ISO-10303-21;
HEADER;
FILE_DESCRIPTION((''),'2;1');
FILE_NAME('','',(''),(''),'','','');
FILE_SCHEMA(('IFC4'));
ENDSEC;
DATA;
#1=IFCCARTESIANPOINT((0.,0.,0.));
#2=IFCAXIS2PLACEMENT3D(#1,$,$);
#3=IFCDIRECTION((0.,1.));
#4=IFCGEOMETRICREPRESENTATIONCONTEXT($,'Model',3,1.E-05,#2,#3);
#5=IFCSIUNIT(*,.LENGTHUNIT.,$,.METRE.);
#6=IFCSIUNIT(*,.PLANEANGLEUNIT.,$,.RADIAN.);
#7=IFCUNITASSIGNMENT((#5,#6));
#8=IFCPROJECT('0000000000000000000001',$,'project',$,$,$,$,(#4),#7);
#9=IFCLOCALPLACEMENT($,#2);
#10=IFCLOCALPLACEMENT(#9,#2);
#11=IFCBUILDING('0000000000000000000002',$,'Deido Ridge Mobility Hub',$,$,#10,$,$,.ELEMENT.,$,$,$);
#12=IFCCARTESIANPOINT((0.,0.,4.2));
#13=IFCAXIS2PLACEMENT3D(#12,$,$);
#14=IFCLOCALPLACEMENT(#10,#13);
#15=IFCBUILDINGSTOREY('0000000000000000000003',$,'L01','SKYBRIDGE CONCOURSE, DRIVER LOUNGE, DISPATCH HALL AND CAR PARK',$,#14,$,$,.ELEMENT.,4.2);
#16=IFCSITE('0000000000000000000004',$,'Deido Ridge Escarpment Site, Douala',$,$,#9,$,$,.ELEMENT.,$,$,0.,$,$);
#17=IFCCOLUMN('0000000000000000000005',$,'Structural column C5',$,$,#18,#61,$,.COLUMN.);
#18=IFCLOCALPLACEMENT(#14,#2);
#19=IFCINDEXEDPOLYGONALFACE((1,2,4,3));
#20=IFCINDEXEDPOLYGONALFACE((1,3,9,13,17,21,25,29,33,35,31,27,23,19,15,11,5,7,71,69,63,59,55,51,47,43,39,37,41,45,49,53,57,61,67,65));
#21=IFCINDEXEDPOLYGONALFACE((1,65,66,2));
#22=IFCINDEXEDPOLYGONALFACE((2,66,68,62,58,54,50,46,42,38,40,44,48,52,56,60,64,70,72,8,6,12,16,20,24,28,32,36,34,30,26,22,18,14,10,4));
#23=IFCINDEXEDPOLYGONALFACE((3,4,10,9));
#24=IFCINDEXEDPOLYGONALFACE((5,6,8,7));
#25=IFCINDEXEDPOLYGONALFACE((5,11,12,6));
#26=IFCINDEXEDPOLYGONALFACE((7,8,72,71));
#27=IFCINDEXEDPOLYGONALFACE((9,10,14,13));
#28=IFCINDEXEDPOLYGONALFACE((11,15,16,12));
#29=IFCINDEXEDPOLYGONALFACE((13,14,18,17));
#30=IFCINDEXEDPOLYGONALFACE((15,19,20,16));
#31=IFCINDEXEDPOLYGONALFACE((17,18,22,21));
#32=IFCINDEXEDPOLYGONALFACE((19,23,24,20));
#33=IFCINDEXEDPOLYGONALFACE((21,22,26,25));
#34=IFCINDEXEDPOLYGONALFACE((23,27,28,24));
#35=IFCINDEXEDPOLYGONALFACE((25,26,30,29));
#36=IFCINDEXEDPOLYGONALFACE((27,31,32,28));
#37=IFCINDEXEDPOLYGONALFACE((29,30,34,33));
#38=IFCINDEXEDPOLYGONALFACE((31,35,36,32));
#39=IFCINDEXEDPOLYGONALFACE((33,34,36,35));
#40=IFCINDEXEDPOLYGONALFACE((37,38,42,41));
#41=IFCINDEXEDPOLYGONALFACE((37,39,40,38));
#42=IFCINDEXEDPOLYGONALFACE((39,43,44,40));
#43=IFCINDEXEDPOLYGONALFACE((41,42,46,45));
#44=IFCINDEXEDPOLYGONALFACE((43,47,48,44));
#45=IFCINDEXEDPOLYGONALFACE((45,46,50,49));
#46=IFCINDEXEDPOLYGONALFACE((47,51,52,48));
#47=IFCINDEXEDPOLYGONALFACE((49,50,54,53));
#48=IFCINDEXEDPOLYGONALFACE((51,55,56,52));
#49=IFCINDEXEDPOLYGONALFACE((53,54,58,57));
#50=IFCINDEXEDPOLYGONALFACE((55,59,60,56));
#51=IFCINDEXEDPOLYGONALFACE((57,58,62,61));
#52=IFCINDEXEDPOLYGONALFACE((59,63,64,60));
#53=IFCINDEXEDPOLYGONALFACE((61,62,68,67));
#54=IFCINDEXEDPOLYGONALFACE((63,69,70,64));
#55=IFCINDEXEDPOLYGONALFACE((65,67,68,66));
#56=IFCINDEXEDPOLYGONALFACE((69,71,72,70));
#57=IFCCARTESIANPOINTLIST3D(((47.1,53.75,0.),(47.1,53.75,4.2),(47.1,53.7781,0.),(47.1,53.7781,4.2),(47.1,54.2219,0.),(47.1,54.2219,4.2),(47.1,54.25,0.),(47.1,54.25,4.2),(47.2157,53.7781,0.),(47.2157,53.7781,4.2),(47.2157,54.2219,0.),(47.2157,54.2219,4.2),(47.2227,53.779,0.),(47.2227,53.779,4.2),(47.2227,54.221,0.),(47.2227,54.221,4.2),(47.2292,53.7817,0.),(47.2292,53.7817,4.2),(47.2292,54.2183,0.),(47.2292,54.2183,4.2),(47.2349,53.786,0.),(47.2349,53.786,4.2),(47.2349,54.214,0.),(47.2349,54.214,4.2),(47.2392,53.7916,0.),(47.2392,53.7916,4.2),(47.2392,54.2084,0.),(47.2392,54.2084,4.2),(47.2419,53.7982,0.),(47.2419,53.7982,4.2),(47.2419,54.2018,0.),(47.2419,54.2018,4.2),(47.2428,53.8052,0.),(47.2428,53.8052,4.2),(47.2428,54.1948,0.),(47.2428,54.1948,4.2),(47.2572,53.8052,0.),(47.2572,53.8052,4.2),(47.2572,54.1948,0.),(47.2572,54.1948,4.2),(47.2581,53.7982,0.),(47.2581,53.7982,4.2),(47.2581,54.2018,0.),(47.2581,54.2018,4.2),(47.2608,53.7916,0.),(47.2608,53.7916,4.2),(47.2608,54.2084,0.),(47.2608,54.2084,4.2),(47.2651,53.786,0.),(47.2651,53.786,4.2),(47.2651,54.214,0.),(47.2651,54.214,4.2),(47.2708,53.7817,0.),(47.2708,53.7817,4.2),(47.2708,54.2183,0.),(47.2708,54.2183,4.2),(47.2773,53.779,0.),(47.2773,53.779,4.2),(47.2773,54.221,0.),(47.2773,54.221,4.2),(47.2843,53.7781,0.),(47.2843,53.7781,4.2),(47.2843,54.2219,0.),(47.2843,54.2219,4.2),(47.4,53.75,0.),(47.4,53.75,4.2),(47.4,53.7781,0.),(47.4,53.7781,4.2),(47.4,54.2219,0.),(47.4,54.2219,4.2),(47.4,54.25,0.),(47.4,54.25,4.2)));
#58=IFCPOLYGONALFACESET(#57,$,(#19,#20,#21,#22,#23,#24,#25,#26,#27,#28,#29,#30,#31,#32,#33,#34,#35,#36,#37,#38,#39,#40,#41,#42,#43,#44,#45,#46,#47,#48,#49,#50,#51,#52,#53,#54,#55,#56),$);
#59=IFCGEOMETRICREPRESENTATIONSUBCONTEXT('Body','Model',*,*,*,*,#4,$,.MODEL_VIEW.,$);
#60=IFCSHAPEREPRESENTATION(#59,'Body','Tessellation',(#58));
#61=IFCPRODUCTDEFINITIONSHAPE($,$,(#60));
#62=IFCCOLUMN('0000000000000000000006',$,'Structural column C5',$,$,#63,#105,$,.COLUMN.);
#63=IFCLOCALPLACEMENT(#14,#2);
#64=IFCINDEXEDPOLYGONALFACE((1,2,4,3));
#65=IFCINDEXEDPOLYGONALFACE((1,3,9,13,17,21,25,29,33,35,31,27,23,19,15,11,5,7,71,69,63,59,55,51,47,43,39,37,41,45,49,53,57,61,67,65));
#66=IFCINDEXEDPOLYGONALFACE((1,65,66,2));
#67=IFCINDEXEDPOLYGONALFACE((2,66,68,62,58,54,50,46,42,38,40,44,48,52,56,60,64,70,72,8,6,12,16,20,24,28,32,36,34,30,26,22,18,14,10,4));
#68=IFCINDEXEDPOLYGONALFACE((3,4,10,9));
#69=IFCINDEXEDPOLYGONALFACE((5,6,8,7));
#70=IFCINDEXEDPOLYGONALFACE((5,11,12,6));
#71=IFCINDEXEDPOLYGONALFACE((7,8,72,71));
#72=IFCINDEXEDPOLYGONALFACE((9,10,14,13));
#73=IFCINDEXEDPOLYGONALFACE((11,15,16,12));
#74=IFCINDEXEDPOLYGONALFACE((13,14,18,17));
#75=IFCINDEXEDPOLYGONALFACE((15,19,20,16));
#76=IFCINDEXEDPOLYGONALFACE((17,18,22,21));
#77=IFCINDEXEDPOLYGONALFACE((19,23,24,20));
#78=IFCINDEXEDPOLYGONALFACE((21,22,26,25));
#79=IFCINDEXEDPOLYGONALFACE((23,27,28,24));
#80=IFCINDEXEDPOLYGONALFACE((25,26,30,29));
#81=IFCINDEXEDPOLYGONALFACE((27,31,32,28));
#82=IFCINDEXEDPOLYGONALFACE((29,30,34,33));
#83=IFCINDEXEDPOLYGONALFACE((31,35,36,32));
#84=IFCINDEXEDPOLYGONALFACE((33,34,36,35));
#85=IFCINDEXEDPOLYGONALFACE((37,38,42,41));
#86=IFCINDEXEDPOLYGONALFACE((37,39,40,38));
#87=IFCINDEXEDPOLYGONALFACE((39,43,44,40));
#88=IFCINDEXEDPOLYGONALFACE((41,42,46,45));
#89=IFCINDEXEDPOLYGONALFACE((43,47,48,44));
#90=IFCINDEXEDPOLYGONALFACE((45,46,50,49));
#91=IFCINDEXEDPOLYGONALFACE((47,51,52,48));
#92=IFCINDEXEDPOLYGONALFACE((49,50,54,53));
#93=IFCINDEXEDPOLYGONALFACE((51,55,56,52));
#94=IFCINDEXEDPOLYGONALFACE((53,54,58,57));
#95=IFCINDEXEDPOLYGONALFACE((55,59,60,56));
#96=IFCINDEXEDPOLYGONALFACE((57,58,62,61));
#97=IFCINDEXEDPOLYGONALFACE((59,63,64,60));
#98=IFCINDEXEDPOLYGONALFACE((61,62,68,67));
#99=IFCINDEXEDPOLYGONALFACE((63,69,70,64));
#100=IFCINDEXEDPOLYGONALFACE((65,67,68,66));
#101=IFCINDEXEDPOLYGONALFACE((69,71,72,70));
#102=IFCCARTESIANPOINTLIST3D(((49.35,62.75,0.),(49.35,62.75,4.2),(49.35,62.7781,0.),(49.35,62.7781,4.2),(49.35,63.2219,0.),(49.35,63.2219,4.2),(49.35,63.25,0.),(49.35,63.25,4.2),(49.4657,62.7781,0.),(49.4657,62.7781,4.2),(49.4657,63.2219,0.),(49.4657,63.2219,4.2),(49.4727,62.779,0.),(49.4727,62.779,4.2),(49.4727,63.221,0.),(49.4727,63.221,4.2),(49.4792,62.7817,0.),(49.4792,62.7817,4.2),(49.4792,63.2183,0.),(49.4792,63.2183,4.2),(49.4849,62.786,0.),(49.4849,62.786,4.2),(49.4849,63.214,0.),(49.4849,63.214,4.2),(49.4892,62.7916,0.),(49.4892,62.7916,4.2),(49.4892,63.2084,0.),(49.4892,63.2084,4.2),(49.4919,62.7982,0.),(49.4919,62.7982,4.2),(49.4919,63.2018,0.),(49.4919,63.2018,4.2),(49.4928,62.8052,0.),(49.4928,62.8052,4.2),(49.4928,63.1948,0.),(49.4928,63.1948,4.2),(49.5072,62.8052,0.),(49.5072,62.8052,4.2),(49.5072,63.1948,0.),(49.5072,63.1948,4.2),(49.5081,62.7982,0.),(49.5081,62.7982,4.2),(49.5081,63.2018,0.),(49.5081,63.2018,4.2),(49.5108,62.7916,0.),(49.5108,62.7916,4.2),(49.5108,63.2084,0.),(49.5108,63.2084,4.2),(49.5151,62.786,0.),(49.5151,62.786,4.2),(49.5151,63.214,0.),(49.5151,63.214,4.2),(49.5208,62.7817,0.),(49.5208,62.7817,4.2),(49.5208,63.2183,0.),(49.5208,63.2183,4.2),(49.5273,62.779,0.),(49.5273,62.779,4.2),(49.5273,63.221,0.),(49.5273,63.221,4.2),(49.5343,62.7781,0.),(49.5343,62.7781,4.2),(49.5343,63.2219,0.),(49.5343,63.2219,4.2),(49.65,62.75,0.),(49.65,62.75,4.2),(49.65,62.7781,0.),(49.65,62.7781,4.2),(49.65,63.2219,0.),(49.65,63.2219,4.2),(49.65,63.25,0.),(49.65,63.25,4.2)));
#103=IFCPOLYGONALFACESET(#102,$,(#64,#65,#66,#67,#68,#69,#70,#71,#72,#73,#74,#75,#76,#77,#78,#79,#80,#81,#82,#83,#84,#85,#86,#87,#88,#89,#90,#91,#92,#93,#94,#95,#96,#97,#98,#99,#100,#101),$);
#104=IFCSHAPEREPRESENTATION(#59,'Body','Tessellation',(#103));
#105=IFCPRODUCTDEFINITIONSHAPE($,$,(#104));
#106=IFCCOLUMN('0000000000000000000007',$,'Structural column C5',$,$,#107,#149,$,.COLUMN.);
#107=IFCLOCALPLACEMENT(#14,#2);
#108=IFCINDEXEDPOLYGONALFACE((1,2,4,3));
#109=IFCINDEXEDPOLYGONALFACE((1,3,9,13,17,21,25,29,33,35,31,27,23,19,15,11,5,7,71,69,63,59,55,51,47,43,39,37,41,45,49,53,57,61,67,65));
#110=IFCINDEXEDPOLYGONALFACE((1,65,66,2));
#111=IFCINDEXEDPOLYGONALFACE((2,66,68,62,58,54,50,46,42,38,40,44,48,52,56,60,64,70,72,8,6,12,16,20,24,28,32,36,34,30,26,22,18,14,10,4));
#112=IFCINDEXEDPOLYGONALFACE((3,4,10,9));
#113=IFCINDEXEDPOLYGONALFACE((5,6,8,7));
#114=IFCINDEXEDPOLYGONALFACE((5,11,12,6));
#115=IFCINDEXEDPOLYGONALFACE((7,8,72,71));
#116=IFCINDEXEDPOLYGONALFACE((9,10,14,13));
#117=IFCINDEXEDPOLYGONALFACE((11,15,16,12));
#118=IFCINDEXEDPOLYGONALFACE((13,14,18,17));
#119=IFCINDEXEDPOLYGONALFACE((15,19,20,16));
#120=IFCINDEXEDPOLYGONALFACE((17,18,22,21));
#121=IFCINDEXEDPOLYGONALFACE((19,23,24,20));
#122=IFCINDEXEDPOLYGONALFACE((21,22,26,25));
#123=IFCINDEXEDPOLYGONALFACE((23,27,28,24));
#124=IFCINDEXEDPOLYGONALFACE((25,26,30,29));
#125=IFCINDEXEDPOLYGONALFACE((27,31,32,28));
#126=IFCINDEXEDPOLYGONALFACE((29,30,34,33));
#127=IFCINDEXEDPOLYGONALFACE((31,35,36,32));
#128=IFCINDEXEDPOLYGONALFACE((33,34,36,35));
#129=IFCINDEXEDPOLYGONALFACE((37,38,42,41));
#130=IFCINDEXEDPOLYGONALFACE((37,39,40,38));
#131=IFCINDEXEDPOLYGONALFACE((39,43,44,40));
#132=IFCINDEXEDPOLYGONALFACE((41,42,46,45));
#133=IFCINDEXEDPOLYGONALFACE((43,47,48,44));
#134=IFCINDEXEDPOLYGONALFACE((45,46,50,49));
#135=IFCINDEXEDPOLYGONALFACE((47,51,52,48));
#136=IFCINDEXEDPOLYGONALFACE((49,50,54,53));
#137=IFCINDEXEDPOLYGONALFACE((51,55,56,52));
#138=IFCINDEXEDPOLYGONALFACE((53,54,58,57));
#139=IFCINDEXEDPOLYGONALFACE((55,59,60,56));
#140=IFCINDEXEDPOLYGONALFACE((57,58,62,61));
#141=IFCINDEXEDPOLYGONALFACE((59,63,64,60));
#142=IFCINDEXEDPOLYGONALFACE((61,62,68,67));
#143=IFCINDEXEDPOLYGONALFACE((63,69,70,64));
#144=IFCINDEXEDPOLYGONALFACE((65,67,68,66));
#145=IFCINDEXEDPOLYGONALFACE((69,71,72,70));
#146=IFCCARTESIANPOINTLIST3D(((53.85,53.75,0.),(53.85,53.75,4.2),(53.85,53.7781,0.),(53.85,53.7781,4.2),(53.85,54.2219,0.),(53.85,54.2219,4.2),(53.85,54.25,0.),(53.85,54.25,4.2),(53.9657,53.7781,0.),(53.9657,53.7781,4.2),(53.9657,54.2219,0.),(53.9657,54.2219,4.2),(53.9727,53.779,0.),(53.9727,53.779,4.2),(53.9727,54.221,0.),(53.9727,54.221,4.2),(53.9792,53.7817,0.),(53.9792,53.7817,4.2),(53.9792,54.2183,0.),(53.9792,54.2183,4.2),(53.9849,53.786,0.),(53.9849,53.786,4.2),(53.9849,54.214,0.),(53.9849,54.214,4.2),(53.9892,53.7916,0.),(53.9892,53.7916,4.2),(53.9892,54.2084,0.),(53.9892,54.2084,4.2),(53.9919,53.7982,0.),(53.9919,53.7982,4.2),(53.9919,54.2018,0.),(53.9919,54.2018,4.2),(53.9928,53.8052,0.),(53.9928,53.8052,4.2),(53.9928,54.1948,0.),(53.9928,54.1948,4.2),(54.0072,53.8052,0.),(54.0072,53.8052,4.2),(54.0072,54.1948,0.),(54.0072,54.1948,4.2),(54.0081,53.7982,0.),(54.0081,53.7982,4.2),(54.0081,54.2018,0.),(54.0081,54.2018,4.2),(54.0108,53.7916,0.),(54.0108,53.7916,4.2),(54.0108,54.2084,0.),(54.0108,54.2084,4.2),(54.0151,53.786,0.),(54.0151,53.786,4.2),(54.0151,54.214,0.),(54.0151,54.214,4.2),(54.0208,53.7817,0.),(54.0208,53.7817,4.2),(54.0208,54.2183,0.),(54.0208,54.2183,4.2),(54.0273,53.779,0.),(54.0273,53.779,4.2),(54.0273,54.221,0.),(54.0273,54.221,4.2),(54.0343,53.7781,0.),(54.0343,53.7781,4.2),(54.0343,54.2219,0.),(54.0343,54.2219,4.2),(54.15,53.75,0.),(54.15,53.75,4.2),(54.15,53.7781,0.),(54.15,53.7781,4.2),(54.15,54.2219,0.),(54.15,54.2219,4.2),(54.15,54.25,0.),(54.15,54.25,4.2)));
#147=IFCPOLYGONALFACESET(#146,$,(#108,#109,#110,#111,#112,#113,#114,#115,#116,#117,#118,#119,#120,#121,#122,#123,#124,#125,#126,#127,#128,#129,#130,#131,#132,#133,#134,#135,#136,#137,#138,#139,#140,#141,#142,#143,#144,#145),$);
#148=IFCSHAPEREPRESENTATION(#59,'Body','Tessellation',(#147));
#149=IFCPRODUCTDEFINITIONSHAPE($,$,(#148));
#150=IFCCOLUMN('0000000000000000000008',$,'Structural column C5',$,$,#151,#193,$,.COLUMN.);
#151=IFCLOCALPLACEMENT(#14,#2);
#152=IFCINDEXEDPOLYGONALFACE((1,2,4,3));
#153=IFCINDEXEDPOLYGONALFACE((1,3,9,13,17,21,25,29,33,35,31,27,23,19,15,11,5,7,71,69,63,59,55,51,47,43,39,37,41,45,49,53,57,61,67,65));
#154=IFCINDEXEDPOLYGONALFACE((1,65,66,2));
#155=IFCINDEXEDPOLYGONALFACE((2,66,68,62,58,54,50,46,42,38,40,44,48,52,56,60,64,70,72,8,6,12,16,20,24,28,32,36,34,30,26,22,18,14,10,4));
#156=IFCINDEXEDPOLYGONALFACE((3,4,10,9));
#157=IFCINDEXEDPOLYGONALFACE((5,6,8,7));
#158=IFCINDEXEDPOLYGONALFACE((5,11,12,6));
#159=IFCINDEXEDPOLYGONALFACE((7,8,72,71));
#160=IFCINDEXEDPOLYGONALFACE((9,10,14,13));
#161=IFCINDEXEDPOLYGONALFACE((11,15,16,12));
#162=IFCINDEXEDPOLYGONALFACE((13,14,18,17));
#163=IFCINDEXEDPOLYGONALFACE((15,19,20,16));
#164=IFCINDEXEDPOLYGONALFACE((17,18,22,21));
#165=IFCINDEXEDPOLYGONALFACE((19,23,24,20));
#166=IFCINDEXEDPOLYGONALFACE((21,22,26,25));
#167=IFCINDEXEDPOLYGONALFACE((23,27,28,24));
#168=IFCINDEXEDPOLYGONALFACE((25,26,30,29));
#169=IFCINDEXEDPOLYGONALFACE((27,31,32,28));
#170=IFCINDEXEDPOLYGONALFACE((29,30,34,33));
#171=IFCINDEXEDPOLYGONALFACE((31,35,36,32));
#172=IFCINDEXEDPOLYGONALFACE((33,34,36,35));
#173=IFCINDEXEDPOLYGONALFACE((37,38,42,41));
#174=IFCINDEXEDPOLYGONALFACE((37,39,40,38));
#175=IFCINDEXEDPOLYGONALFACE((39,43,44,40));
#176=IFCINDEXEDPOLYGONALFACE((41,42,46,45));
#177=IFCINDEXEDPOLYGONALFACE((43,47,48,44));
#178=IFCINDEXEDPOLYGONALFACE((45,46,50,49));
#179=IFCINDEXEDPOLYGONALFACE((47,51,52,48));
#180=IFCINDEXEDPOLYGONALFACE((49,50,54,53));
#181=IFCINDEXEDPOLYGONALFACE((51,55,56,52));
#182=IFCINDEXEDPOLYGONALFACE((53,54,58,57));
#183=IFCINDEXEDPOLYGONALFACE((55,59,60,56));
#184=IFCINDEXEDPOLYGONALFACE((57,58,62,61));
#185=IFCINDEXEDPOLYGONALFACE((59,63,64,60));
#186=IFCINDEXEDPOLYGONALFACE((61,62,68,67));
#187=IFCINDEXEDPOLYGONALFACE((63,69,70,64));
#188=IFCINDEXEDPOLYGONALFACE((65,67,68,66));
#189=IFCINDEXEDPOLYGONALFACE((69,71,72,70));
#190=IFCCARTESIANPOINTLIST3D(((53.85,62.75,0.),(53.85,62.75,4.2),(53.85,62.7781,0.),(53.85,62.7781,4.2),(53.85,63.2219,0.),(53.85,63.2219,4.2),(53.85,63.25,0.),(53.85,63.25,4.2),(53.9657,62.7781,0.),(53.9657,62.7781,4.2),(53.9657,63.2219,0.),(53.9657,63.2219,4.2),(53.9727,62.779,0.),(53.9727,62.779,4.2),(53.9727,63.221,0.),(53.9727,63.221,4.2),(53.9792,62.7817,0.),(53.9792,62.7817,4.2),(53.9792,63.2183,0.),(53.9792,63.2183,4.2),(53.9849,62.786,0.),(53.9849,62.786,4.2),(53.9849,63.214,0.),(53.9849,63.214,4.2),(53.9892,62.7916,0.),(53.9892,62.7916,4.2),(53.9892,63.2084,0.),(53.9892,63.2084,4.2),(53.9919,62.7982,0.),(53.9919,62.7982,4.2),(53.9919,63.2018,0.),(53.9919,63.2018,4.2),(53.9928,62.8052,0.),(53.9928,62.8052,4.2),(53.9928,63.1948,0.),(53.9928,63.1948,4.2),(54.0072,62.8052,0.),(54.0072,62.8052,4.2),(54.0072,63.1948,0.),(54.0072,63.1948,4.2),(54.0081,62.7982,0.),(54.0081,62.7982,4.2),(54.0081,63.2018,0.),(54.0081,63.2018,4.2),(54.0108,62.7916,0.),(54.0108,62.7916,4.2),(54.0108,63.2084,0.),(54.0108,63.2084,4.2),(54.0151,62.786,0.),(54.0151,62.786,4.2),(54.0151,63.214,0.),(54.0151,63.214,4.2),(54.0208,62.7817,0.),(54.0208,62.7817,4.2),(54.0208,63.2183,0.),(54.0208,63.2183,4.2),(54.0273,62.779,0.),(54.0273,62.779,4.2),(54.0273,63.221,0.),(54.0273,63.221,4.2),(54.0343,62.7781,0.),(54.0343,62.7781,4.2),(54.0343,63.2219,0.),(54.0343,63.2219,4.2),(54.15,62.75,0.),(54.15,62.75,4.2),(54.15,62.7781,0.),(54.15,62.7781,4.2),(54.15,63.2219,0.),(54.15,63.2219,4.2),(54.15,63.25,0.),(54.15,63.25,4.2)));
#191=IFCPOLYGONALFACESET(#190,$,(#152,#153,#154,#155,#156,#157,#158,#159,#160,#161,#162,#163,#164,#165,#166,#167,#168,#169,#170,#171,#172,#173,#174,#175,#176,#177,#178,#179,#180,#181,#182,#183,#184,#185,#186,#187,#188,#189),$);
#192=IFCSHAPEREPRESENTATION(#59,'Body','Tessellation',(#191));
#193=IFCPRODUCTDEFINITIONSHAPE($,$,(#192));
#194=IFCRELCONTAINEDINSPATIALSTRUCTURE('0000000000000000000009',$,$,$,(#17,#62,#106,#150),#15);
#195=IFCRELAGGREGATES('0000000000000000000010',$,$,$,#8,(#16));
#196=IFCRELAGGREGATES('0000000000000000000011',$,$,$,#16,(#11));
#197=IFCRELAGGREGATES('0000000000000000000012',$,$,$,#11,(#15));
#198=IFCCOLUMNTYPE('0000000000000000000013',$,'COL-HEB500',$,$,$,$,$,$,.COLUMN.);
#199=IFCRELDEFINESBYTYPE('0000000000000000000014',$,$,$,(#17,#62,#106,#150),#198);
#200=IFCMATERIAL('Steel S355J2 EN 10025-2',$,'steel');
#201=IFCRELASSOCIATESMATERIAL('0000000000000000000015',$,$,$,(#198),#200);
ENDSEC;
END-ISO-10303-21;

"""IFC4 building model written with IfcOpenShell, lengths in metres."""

from ifc_helpers import new_model, si_unit, direction, frame, origin, origin_2d, place, context, subcontext, project, spatial, i_section, extrude, material, material_profile, profile_set, type_object, element, save


model = new_model("IFC4")

# Units and contexts
model_context = context("Model", 3, precision=1e-05, world=origin(), true_north=direction((0.0, 1.0)))
body_context = subcontext(model_context, "Body", "Model", "MODEL_VIEW")
ifc_project = project(units=[si_unit("LENGTHUNIT", "METRE"), si_unit("PLANEANGLEUNIT", "RADIAN")], contexts=[model_context])

# Site, building, storey
site_placement = place(None, origin())
site = spatial("IfcSite", under=ifc_project, at=site_placement, Name="Deido Ridge Escarpment Site, Douala", CompositionType="ELEMENT", RefElevation=0.0)
building_placement = place(site_placement, origin())
building = spatial("IfcBuilding", under=site, at=building_placement, Name="Deido Ridge Mobility Hub", CompositionType="ELEMENT")
storey_placement = place(building_placement, frame((0.0, 0.0, 4.2)))
storey = spatial("IfcBuildingStorey", under=building, at=storey_placement, Name="L01", Description="SKYBRIDGE CONCOURSE, DRIVER LOUNGE, DISPATCH HALL AND CAR PARK", CompositionType="ELEMENT", Elevation=4.2)

# Columns
ifc_material_1 = material(Name="Steel S355J2 EN 10025-2", Category="steel")
ifc_material_profile_1 = material_profile(ifc_material_1, i_section(OverallWidth=0.3, OverallDepth=0.5, WebThickness=0.0144, FlangeThickness=0.0281, FilletRadius=0.0271, at=origin_2d()), Name="HEB 500")
ifc_profile_set_1 = profile_set([ifc_material_profile_1], Name="Steel S355J2 EN 10025-2")
column_type = type_object("IfcColumnType", Name="COL-HEB500", PredefinedType="COLUMN", material=ifc_profile_set_1)
for number, where, z_axis, x_axis, name in (
    (1, (47.25, 54.0, 0.0), (0.0, 0.0, 1.0), (1.0, 0.0, 0.0), "Structural column C5"),
    (2, (49.5, 63.0, 0.0), (0.0, 0.0, 1.0), (1.0, 0.0, 0.0), "Structural column C5"),
    (3, (54.0, 54.0, 0.0), (0.0, 0.0, 1.0), (1.0, 0.0, 0.0), "Structural column C5"),
    (4, (54.0, 63.0, 0.0), (0.0, 0.0, 1.0), (1.0, 0.0, 0.0), "Structural column C5"),
):
    element("IfcColumn", number, at=place(storey_placement, frame(where, z_axis=z_axis, x_axis=x_axis)), inside=storey, type_object=column_type, Name=name, PredefinedType="COLUMN", context=body_context, shape_type="SweptSolid", body=[
        extrude(i_section(OverallWidth=0.3, OverallDepth=0.5, WebThickness=0.0144, FlangeThickness=0.0281, FilletRadius=0.0271, at=origin_2d()), origin(), (0.0, 0.0, 1.0), 4.2),
    ])

save(model, "model.ifc")
